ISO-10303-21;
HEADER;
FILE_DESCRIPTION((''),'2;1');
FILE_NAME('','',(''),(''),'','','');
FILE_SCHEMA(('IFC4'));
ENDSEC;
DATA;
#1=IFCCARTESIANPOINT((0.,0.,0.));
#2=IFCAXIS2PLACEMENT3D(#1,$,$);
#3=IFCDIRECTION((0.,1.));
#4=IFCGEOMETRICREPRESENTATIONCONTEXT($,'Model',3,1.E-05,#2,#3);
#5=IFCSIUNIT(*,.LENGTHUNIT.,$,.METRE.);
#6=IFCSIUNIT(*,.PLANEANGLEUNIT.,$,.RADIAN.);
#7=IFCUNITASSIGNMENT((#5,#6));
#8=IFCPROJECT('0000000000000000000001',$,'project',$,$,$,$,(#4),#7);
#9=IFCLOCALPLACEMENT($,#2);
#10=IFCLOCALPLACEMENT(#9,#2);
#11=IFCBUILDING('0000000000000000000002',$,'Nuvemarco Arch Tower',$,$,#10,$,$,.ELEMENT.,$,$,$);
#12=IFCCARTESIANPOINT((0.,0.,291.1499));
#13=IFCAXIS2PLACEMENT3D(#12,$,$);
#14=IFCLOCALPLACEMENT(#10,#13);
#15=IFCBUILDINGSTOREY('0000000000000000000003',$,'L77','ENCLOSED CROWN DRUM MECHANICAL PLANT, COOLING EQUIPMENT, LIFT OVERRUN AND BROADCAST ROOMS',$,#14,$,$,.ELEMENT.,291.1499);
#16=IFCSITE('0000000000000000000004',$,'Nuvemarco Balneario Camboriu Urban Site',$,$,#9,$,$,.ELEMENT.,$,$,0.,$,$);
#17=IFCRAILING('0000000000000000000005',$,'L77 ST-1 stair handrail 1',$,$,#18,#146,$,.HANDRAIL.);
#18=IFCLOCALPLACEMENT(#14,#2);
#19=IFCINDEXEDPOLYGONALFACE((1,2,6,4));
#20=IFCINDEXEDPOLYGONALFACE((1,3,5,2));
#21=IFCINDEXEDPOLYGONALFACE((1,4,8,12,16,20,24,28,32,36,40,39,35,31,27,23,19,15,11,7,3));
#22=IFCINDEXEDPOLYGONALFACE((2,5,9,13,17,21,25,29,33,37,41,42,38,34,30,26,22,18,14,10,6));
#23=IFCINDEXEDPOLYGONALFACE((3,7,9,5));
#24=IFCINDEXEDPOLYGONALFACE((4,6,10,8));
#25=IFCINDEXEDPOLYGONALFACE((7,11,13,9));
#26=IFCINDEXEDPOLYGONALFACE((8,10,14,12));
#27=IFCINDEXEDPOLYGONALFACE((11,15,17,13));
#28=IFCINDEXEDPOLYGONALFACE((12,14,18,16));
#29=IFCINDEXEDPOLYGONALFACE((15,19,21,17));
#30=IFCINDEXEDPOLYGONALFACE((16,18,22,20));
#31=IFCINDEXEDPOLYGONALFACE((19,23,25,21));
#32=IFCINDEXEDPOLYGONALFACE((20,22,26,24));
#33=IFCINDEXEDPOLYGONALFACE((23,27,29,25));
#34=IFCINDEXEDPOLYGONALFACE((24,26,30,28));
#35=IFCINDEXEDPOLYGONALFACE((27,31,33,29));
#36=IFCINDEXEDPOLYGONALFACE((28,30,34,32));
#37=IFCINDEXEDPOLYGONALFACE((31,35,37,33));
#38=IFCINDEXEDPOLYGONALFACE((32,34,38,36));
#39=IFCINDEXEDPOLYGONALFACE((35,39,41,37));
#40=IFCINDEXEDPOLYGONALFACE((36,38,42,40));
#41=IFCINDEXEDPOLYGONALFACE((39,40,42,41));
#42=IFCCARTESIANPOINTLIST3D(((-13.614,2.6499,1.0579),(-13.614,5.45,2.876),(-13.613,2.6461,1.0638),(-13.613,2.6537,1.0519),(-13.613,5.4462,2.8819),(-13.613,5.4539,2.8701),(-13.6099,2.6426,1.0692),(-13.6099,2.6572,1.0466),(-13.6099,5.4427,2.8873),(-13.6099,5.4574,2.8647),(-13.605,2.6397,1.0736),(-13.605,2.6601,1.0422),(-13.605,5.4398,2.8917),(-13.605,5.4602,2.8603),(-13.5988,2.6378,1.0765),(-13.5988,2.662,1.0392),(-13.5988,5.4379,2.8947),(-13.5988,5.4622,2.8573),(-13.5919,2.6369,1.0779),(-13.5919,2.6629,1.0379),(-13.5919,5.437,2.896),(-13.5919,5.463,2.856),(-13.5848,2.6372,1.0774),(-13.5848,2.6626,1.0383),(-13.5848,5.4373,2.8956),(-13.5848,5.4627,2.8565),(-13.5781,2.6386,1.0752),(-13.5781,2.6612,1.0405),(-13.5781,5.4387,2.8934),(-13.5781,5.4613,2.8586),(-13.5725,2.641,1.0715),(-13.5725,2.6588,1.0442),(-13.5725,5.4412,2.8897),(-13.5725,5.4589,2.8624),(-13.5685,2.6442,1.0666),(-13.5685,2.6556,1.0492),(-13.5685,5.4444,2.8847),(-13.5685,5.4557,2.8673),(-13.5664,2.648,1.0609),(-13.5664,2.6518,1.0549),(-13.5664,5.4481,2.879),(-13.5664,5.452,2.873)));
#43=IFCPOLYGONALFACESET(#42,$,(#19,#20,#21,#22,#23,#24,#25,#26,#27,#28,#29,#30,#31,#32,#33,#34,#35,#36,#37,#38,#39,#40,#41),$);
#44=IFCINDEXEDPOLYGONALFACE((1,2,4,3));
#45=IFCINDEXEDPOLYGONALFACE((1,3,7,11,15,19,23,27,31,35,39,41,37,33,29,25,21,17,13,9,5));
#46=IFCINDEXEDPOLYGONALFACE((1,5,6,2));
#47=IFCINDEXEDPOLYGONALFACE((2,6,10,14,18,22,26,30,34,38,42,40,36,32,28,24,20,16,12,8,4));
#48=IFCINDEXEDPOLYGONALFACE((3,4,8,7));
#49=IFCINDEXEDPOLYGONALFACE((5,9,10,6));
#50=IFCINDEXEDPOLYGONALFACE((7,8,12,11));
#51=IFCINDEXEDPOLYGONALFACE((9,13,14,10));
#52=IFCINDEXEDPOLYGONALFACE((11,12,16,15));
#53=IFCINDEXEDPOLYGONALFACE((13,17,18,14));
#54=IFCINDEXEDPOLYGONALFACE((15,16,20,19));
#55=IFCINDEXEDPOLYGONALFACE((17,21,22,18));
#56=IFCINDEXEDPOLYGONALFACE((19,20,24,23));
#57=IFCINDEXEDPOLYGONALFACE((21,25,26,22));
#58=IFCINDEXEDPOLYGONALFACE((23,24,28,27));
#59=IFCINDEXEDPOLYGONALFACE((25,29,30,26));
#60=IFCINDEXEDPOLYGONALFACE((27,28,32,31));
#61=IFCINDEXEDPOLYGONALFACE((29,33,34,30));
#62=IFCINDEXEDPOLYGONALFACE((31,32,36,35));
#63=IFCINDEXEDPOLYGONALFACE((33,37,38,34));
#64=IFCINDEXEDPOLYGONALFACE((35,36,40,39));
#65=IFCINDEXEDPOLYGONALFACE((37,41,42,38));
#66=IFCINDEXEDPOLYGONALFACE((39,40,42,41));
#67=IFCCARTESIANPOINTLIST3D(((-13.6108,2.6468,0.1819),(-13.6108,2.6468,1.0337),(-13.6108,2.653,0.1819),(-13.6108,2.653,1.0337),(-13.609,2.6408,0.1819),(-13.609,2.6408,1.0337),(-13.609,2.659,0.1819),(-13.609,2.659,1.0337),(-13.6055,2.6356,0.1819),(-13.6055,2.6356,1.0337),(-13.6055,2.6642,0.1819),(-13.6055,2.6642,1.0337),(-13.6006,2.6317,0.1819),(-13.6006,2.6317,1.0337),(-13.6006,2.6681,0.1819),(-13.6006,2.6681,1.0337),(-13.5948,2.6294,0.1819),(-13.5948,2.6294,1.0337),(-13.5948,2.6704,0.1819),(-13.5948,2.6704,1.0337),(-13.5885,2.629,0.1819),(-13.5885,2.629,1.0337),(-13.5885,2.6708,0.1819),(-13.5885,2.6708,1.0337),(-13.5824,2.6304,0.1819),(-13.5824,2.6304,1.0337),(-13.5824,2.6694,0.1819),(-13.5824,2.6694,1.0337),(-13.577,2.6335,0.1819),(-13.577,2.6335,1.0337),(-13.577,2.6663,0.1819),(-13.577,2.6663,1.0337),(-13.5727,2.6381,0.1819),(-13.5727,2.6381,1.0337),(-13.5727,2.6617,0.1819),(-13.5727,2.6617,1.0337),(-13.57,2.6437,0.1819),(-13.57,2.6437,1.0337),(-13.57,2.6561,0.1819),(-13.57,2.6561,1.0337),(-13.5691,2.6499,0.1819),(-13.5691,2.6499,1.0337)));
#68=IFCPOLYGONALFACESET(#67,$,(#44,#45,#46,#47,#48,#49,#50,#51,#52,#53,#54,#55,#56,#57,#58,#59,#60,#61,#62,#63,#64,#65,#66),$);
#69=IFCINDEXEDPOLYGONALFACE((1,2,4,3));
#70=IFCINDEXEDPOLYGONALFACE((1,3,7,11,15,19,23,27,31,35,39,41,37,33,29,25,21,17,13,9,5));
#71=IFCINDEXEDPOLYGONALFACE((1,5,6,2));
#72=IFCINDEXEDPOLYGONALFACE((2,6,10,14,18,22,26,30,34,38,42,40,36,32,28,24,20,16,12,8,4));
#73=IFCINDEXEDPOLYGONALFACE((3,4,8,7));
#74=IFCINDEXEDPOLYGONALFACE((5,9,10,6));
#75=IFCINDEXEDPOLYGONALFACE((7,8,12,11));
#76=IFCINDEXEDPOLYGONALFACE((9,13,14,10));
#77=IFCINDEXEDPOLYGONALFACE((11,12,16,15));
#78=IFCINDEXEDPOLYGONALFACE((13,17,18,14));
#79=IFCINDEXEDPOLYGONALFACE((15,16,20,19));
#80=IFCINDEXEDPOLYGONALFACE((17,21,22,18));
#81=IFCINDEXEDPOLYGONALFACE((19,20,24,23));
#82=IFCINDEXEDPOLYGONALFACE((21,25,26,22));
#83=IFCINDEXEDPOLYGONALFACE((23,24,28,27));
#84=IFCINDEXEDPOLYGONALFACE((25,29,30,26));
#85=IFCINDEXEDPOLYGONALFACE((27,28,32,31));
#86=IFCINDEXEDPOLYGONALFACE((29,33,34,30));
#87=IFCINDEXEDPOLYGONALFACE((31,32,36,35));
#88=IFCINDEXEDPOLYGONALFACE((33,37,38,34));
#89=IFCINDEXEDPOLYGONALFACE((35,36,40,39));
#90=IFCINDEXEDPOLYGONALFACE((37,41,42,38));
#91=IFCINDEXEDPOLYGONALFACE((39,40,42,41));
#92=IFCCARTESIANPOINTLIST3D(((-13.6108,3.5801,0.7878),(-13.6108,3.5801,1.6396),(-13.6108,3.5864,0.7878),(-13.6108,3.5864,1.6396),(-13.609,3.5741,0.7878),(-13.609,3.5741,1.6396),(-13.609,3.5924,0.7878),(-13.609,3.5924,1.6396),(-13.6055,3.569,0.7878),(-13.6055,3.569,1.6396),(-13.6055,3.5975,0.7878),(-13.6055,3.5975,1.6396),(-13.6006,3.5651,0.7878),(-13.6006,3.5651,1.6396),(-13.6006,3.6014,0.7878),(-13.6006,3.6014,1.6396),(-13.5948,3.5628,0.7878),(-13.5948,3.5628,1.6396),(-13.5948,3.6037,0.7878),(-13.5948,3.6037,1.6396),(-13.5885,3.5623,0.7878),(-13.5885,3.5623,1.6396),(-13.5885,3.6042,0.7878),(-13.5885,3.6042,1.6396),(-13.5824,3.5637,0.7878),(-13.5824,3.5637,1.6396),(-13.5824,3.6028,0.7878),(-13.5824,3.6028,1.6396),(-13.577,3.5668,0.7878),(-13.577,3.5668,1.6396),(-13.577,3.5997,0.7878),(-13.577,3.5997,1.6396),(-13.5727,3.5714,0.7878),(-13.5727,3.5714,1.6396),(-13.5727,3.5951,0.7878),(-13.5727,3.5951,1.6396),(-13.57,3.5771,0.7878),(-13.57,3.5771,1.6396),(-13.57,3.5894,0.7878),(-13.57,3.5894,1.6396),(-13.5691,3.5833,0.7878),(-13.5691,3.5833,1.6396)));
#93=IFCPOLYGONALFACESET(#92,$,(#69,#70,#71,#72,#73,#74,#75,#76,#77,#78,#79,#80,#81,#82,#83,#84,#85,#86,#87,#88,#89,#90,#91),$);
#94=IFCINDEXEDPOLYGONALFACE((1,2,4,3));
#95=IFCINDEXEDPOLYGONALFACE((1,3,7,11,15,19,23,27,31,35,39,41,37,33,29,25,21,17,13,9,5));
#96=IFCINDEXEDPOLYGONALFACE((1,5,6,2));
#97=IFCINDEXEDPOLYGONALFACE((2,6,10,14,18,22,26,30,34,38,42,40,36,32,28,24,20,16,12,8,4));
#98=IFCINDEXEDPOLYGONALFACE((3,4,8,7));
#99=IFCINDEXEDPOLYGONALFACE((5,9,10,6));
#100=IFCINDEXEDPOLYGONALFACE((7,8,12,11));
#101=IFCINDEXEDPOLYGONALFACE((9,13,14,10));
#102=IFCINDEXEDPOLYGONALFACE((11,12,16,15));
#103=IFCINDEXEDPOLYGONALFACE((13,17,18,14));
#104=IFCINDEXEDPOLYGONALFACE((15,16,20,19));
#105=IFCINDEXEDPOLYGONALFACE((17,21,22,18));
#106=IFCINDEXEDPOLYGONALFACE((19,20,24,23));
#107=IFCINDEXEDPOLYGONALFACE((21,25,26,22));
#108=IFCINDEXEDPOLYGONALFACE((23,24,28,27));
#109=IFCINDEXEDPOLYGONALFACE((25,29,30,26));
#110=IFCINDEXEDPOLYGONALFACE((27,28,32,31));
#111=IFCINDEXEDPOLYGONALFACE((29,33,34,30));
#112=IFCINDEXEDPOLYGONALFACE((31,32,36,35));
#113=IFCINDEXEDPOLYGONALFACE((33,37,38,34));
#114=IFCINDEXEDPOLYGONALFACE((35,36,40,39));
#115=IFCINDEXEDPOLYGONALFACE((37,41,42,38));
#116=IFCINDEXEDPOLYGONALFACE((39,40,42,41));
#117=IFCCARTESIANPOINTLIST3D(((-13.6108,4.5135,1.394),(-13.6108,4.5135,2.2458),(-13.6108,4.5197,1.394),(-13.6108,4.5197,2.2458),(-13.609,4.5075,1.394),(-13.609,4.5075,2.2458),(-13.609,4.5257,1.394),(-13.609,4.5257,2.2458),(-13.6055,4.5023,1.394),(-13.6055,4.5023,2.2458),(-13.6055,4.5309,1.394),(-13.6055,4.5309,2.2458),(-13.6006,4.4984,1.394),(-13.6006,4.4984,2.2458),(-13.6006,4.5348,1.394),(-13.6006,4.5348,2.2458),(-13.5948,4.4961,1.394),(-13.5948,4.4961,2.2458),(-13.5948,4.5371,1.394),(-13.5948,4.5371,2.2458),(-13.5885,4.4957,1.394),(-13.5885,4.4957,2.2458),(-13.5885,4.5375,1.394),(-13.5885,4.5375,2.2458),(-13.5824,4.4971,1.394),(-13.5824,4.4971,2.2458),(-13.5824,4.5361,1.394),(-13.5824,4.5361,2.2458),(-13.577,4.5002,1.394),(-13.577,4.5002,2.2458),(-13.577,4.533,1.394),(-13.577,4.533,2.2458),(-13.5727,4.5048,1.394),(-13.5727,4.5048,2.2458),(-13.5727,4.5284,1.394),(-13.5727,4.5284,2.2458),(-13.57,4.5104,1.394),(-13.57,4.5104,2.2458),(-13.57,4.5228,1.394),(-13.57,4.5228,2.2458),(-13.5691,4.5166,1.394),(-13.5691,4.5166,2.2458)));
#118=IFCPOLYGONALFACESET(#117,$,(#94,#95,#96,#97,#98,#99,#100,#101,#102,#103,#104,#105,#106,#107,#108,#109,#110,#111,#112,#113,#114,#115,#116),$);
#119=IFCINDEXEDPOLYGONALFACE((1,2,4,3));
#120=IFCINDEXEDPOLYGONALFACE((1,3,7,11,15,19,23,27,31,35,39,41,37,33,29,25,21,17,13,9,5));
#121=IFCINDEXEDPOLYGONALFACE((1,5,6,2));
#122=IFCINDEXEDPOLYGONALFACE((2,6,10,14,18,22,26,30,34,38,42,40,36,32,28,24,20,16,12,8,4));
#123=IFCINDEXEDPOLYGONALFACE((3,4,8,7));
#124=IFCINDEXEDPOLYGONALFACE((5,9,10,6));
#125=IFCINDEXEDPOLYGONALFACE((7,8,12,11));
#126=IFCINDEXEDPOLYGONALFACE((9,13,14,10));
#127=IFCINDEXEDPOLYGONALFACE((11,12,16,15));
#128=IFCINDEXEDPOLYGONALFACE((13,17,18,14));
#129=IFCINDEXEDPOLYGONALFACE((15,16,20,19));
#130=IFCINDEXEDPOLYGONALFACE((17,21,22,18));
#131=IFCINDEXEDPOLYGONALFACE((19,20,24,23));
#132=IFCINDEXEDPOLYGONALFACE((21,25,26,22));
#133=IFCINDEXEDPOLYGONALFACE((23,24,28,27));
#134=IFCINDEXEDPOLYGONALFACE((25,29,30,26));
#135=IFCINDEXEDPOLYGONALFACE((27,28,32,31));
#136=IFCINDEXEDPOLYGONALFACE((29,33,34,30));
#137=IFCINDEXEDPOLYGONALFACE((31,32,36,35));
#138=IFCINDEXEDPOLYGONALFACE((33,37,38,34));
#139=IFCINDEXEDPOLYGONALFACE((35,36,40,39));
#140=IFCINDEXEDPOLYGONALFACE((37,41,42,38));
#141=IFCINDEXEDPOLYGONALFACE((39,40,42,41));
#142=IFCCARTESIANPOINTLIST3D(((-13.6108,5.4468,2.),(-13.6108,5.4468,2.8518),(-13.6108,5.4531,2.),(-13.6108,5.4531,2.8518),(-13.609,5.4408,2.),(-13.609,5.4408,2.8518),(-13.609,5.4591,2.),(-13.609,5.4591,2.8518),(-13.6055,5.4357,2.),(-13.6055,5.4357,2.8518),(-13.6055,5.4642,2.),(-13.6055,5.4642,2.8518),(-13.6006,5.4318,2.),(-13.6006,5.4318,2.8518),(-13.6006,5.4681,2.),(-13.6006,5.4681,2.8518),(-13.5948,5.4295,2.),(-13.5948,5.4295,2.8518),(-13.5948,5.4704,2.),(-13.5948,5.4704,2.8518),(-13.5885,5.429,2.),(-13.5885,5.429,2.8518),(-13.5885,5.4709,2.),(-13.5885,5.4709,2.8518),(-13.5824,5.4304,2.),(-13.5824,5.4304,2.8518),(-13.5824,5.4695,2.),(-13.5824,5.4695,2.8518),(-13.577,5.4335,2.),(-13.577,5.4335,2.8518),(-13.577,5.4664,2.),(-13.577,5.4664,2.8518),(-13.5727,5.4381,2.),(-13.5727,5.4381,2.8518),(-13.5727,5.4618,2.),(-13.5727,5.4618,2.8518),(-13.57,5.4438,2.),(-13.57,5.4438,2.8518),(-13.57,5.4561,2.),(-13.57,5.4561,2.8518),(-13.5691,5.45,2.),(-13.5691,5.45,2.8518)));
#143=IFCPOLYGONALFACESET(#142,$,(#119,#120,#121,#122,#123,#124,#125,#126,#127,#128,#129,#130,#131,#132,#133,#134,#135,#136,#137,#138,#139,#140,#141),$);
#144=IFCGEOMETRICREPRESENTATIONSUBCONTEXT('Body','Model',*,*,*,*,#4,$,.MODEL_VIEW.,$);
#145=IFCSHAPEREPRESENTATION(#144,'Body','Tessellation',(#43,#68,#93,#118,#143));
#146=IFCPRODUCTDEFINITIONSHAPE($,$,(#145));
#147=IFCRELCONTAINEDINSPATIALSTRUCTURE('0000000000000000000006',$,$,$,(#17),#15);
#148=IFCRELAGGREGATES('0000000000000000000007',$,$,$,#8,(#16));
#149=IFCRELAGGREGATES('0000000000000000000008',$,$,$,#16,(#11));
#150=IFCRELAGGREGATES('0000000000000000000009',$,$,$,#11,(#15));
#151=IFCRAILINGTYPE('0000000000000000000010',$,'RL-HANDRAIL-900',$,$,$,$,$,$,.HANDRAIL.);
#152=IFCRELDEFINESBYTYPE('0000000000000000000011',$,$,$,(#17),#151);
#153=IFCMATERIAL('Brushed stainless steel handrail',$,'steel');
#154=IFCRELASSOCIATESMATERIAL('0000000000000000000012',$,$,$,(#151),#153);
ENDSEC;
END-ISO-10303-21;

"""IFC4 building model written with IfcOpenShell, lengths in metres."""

from ifc_helpers import new_model, si_unit, direction, frame, origin, origin_2d, place, context, subcontext, project, spatial, circle, extrude, material, type_object, element, save


model = new_model("IFC4")

# Units and contexts
model_context = context("Model", 3, precision=1e-05, world=origin(), true_north=direction((0.0, 1.0)))
body_context = subcontext(model_context, "Body", "Model", "MODEL_VIEW")
ifc_project = project(units=[si_unit("LENGTHUNIT", "METRE"), si_unit("PLANEANGLEUNIT", "RADIAN")], contexts=[model_context])

# Site, building, storey
site_placement = place(None, origin())
site = spatial("IfcSite", under=ifc_project, at=site_placement, Name="Nuvemarco Balneario Camboriu Urban Site", CompositionType="ELEMENT", RefElevation=0.0)
building_placement = place(site_placement, origin())
building = spatial("IfcBuilding", under=site, at=building_placement, Name="Nuvemarco Arch Tower", CompositionType="ELEMENT")
storey_placement = place(building_placement, frame((0.0, 0.0, 291.1499)))
storey = spatial("IfcBuildingStorey", under=building, at=storey_placement, Name="L77", Description="ENCLOSED CROWN DRUM MECHANICAL PLANT, COOLING EQUIPMENT, LIFT OVERRUN AND BROADCAST ROOMS", CompositionType="ELEMENT", Elevation=291.1499)

# Railing
ifc_material_1 = material(Name="Brushed stainless steel handrail", Category="steel")
railing_type_1 = type_object("IfcRailingType", Name="RL-HANDRAIL-900", PredefinedType="HANDRAIL", material=ifc_material_1)
railing_1_placement = place(storey_placement, frame((-13.5901, 2.6499, 0.1819)))
element("IfcRailing", 1, at=railing_1_placement, inside=storey, type_object=railing_type_1, Name="L77 ST-1 stair handrail 1", PredefinedType="HANDRAIL", context=body_context, shape_type="SweptSolid", body=[
    extrude(circle(Radius=0.0239, at=origin_2d()), frame((0.0, 0.0, 0.876), z_axis=(0.0, 0.838706, 0.544585), x_axis=(-1.0, 0.0, 0.0)), (0.0, 0.0, 1.0), 3.3386),
    extrude(circle(Radius=0.021, at=origin_2d()), origin(), (0.0, 0.0, 1.0), 0.8518),
    extrude(circle(Radius=0.021, at=origin_2d()), frame((0.0, 0.9333, 0.606)), (0.0, 0.0, 1.0), 0.8518),
    extrude(circle(Radius=0.021, at=origin_2d()), frame((0.0, 1.8667, 1.2122)), (0.0, 0.0, 1.0), 0.8518),
    extrude(circle(Radius=0.021, at=origin_2d()), frame((0.0, 2.8, 1.8181)), (0.0, 0.0, 1.0), 0.8518),
])

save(model, "model.ifc")
